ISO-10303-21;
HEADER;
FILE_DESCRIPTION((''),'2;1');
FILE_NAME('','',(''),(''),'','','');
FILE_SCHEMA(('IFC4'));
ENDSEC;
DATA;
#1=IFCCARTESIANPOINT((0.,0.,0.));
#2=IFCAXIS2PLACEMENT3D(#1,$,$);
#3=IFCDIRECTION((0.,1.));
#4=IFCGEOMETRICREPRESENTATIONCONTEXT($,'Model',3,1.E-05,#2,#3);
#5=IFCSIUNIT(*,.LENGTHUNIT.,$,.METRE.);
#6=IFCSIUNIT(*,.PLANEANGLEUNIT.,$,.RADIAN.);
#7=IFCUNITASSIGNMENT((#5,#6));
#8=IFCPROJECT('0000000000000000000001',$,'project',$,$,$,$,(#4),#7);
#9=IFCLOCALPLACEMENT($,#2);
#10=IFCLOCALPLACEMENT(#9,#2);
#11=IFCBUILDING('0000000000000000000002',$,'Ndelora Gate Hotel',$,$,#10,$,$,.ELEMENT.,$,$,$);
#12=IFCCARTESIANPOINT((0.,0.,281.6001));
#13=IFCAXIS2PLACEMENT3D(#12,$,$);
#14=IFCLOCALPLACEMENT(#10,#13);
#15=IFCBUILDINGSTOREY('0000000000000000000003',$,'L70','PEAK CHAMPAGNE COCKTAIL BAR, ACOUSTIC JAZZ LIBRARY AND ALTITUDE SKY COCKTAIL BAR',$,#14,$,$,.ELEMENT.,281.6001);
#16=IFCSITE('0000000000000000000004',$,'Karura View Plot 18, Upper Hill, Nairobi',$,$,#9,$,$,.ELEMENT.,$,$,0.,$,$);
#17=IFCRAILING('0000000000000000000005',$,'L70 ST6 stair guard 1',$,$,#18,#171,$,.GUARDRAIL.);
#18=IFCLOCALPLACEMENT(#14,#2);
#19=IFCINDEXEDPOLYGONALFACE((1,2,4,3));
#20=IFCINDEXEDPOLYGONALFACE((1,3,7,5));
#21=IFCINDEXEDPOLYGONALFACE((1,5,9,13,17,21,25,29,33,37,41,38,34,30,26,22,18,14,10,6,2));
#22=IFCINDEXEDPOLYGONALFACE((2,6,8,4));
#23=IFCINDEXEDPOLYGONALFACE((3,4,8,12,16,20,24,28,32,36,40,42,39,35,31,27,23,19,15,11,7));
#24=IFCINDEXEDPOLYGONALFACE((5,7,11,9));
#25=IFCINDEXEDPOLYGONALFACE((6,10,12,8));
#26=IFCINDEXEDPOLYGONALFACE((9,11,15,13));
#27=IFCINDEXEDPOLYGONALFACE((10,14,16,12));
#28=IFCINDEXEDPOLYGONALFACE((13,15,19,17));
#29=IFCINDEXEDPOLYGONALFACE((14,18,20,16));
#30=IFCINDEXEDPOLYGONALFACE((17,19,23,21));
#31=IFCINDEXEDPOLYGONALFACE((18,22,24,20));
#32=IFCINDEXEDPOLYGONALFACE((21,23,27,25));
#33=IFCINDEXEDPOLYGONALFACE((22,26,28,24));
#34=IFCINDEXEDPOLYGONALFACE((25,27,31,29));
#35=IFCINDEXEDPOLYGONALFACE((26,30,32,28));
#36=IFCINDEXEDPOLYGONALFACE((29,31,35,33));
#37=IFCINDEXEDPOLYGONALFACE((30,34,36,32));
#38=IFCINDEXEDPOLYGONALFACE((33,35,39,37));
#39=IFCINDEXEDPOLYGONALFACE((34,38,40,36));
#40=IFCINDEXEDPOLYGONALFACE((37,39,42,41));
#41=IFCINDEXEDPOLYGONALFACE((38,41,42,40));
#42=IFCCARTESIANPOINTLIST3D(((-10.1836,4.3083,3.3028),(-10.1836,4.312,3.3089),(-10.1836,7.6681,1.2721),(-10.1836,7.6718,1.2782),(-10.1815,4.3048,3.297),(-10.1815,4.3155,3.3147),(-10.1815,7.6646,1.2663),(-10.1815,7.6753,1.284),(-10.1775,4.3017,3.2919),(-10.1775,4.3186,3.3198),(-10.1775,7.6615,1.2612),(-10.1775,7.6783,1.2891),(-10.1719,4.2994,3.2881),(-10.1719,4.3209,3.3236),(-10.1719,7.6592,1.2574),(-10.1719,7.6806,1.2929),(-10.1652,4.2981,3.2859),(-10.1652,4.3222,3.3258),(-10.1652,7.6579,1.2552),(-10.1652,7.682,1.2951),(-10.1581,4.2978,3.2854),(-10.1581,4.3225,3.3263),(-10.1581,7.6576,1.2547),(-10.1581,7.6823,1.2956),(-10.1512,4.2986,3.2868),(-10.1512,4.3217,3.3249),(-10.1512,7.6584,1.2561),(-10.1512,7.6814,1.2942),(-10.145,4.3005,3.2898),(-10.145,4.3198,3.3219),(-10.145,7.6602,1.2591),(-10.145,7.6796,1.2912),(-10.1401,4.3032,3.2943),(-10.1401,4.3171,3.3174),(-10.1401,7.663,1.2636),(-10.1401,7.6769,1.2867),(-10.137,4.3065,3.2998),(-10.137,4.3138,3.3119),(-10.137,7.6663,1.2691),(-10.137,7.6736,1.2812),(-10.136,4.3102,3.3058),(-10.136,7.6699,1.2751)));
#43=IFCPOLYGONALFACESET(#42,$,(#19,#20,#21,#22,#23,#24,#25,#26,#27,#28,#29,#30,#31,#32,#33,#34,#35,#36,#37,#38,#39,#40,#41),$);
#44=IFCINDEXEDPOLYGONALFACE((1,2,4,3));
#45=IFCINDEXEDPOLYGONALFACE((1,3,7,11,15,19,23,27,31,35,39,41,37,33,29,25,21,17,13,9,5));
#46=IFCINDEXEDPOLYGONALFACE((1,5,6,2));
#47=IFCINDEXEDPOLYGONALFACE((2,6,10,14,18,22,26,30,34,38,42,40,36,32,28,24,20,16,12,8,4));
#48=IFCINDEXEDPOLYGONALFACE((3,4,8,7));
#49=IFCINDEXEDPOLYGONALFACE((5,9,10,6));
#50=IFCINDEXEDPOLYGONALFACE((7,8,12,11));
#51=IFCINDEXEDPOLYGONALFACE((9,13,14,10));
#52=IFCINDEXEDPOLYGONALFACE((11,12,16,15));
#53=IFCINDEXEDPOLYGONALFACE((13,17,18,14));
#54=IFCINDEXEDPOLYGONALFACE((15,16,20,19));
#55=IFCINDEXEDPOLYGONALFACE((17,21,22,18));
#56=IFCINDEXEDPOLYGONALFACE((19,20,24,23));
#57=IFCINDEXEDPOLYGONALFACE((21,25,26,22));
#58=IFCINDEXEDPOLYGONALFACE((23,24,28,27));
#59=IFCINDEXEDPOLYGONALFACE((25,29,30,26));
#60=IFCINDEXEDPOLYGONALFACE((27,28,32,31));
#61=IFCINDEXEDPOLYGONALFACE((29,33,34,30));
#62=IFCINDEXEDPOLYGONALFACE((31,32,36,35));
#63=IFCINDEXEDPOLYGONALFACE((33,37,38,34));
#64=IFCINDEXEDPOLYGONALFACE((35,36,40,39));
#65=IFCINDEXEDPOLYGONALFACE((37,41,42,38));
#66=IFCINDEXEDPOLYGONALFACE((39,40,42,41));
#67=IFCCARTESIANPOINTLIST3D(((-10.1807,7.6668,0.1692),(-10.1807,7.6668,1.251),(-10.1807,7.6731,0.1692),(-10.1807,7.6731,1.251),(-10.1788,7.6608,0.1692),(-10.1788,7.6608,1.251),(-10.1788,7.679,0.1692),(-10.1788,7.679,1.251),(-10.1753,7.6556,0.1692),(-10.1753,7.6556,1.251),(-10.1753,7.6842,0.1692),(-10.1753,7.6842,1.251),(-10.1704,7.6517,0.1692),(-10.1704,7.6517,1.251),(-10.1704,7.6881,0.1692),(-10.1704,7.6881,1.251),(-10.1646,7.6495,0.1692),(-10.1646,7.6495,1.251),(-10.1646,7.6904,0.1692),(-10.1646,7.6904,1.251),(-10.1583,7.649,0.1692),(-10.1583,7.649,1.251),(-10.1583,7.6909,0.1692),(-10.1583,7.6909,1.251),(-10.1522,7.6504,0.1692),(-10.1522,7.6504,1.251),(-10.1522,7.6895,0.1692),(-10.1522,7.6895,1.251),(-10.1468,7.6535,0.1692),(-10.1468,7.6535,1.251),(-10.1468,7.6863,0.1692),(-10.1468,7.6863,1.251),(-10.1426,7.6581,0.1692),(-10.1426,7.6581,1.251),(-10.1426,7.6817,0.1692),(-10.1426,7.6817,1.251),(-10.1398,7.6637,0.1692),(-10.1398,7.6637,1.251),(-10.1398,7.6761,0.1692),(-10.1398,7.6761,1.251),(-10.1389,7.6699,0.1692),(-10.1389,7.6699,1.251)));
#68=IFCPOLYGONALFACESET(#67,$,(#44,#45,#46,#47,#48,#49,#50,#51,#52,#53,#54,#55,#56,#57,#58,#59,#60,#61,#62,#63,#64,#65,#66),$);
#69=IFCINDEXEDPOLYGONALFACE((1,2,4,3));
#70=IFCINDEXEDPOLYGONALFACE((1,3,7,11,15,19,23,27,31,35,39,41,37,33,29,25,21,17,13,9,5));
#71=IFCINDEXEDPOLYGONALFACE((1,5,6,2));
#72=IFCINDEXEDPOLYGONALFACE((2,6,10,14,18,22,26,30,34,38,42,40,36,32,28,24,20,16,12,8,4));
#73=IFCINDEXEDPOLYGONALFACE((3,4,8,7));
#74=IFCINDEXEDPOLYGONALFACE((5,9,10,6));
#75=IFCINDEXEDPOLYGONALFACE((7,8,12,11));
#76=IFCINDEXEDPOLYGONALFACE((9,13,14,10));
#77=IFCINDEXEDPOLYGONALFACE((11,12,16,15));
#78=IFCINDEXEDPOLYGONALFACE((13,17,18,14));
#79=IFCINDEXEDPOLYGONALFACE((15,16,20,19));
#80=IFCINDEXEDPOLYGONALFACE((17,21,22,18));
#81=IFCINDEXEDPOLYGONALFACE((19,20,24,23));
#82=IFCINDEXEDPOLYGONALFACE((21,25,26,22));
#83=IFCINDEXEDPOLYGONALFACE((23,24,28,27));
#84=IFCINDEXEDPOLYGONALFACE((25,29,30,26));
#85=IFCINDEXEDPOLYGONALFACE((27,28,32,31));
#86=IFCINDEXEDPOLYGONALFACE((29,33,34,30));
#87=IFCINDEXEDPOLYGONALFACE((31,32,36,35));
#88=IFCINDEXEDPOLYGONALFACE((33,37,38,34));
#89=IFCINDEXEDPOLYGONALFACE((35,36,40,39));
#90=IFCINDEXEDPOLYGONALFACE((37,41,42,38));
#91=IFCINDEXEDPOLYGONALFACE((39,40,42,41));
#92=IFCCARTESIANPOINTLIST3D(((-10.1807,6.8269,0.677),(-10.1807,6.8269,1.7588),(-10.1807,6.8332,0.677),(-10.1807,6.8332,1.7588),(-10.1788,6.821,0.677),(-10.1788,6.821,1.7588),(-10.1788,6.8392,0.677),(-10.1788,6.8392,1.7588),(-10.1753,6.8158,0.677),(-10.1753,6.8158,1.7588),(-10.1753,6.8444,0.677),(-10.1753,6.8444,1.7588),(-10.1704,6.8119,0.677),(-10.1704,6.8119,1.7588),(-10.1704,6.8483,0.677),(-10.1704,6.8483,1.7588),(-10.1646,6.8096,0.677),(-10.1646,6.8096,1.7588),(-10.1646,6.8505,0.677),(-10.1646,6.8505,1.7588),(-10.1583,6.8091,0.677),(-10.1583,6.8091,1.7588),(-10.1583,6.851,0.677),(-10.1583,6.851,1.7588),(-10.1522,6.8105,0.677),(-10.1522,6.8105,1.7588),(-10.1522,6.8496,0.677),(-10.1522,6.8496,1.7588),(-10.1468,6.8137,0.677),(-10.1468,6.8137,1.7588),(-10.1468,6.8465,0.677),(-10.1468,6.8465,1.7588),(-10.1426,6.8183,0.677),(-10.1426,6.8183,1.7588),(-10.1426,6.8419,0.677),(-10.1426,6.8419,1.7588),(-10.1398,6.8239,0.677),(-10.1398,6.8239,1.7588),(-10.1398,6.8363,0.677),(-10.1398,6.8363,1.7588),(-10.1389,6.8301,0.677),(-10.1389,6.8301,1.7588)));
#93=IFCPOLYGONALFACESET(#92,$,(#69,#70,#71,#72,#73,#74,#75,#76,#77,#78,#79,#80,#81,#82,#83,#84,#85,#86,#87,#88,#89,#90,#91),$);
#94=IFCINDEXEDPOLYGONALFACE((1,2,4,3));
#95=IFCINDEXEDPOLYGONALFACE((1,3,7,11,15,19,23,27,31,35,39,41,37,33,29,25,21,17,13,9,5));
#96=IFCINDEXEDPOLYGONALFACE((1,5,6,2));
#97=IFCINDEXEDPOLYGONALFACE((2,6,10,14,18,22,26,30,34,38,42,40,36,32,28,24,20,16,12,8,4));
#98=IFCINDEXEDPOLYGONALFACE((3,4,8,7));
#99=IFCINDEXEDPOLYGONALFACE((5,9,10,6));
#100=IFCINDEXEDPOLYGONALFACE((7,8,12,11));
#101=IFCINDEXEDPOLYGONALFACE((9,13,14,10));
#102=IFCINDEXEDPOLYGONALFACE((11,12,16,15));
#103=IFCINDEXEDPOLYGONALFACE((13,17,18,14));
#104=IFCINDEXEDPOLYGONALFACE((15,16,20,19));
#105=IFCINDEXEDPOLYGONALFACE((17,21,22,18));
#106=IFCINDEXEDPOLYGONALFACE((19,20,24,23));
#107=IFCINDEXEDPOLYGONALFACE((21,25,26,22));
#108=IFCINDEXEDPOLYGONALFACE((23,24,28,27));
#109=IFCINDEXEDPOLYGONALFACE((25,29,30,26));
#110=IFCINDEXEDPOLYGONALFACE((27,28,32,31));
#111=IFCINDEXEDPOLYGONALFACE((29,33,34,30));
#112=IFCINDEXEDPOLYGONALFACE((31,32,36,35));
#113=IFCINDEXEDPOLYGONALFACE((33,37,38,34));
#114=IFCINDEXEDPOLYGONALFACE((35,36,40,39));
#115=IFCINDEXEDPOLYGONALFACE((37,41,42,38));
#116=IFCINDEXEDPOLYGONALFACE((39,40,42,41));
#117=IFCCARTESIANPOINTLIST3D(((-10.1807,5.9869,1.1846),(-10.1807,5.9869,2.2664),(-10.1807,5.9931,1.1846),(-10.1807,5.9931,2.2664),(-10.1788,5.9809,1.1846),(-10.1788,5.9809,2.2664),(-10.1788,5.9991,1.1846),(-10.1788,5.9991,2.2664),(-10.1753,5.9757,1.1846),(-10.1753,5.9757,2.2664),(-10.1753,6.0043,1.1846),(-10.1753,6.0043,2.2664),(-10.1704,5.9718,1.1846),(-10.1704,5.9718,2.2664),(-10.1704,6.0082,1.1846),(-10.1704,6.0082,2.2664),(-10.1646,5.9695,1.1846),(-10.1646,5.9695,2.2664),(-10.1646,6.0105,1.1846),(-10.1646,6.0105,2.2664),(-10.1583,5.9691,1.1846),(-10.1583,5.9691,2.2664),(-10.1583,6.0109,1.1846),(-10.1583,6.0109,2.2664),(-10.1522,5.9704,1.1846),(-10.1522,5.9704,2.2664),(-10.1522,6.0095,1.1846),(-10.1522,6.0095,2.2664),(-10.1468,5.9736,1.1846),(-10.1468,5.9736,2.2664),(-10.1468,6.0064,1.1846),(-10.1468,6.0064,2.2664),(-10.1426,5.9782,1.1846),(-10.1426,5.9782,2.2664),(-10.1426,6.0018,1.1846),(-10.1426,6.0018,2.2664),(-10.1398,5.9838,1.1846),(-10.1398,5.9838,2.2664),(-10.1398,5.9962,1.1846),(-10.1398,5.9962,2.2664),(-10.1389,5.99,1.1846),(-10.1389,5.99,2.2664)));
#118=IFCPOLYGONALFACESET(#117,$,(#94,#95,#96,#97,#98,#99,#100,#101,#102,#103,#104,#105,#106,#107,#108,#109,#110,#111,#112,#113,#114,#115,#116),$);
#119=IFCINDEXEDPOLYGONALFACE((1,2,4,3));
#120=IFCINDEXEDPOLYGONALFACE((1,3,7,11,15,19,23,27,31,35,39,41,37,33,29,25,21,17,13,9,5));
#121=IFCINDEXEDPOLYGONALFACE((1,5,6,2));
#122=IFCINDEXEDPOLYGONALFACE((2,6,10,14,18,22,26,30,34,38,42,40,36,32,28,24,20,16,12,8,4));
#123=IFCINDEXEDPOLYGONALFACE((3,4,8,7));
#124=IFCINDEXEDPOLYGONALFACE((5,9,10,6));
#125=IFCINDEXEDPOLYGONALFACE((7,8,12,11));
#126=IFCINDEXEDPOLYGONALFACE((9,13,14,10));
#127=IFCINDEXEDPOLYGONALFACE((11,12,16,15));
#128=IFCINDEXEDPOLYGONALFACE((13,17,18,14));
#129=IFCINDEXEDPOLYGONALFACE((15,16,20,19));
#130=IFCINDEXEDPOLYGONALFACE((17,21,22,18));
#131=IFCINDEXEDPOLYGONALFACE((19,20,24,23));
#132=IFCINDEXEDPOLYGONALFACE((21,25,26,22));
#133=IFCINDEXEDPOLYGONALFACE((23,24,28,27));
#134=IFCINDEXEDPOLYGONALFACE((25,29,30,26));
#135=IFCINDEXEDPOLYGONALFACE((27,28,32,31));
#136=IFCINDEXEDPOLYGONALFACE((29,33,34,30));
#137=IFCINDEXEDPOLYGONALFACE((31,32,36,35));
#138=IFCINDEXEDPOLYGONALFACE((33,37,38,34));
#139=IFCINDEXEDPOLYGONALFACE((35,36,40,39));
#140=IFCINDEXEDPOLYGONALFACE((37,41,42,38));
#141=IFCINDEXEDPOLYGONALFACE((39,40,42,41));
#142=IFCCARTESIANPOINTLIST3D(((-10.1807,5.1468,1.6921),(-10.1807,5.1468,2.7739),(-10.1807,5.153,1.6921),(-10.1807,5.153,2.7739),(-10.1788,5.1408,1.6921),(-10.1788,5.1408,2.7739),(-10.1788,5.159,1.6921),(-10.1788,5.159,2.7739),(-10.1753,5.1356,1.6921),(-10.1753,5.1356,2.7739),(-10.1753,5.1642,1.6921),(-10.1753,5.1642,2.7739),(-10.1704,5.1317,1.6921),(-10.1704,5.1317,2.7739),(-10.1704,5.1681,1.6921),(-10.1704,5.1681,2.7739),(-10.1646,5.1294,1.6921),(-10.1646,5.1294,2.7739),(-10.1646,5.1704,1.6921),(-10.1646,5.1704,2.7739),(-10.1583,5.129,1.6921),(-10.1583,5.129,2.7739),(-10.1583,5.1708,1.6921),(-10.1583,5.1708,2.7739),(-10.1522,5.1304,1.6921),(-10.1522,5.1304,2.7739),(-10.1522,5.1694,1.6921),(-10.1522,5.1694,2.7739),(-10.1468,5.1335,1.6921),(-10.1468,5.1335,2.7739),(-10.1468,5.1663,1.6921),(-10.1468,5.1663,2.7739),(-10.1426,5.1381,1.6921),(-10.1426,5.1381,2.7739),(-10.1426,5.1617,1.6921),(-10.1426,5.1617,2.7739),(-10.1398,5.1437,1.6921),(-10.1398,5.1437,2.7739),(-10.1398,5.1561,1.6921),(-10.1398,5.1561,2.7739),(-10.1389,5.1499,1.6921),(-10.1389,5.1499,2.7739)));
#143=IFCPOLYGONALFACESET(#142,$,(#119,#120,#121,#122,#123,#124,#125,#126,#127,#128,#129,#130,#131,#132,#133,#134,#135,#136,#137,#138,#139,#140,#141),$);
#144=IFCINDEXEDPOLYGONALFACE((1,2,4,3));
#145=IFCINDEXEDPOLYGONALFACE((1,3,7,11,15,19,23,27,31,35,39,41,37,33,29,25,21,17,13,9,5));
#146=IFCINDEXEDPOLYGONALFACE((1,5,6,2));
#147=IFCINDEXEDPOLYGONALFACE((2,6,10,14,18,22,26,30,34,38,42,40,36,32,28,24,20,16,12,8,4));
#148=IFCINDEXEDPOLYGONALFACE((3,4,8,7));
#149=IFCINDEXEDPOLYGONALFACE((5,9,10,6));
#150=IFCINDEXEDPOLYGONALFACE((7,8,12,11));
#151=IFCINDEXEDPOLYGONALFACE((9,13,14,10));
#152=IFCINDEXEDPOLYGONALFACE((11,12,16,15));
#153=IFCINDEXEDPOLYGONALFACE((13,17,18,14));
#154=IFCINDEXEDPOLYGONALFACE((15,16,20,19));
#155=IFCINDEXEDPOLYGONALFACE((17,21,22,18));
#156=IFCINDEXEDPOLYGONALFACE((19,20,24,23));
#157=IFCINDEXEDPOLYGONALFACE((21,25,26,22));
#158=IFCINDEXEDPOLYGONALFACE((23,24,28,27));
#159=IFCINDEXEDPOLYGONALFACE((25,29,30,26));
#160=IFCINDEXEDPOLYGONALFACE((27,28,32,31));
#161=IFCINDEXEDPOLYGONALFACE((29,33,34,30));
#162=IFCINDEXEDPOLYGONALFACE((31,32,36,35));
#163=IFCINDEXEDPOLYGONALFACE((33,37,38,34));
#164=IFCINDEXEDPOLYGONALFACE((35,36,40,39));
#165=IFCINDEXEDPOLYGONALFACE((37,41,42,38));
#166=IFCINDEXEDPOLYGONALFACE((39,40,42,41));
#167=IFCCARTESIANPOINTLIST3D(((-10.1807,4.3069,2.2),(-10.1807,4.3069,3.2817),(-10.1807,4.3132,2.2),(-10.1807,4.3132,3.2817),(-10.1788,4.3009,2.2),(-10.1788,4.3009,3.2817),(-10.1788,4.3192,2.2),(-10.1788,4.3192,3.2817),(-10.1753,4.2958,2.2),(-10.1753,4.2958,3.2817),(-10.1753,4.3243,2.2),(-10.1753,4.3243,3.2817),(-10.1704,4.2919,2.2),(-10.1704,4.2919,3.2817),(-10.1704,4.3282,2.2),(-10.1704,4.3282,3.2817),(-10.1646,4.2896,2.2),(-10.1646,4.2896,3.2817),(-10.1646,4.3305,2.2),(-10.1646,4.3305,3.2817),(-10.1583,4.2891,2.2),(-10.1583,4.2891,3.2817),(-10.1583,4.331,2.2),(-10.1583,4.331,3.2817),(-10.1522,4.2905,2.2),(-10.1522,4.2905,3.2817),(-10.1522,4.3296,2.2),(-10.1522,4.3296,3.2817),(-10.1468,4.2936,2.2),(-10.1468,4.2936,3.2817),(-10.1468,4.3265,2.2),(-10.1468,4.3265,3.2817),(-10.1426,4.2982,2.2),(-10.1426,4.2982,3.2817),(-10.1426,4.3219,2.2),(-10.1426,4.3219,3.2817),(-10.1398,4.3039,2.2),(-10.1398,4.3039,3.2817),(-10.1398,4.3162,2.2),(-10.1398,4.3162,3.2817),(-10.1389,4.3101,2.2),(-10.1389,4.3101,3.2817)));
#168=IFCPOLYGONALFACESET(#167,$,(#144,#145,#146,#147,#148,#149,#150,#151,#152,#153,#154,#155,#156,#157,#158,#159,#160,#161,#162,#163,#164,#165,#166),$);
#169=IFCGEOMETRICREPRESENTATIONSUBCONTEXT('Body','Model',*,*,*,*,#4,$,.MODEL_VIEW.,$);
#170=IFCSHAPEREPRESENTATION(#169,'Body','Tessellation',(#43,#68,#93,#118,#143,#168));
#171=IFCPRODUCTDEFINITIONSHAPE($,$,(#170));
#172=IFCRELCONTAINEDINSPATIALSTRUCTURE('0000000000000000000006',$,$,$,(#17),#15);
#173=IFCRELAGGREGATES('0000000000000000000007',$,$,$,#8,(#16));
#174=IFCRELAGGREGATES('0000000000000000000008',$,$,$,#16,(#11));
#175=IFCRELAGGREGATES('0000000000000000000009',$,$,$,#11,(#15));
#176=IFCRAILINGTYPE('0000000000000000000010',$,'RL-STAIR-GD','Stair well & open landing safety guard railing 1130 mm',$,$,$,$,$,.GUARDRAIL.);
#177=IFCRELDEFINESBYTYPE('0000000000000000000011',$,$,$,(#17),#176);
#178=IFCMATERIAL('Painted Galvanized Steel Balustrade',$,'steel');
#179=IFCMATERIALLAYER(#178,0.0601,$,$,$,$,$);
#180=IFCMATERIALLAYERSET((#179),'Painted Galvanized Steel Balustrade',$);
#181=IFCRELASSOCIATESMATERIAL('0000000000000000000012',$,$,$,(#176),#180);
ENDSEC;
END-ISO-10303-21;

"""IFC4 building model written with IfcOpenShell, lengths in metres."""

from ifc_helpers import new_model, si_unit, direction, frame, origin, origin_2d, place, context, subcontext, project, spatial, circle, extrude, material, layer, layer_set, type_object, element, save


model = new_model("IFC4")

# Units and contexts
model_context = context("Model", 3, precision=1e-05, world=origin(), true_north=direction((0.0, 1.0)))
body_context = subcontext(model_context, "Body", "Model", "MODEL_VIEW")
ifc_project = project(units=[si_unit("LENGTHUNIT", "METRE"), si_unit("PLANEANGLEUNIT", "RADIAN")], contexts=[model_context])

# Site, building, storey
site_placement = place(None, origin())
site = spatial("IfcSite", under=ifc_project, at=site_placement, Name="Karura View Plot 18, Upper Hill, Nairobi", CompositionType="ELEMENT", RefElevation=0.0)
building_placement = place(site_placement, origin())
building = spatial("IfcBuilding", under=site, at=building_placement, Name="Ndelora Gate Hotel", CompositionType="ELEMENT")
storey_placement = place(building_placement, frame((0.0, 0.0, 281.6001)))
storey = spatial("IfcBuildingStorey", under=building, at=storey_placement, Name="L70", Description="PEAK CHAMPAGNE COCKTAIL BAR, ACOUSTIC JAZZ LIBRARY AND ALTITUDE SKY COCKTAIL BAR", CompositionType="ELEMENT", Elevation=281.6001)

# Railing
ifc_material_1 = material(Name="Painted Galvanized Steel Balustrade", Category="steel")
ifc_layer_1 = layer(ifc_material_1, 0.0601)
ifc_layer_set_1 = layer_set([ifc_layer_1], Name="Painted Galvanized Steel Balustrade")
railing_type_1 = type_object("IfcRailingType", Name="RL-STAIR-GD", Description="Stair well & open landing safety guard railing 1130 mm", PredefinedType="GUARDRAIL", material=ifc_layer_set_1)
railing_1_placement = place(storey_placement, frame((-10.1599, 7.6699, 0.1692)))
element("IfcRailing", 1, at=railing_1_placement, inside=storey, type_object=railing_type_1, Name="L70 ST6 stair guard 1", PredefinedType="GUARDRAIL", context=body_context, shape_type="SweptSolid", body=[
    extrude(circle(Radius=0.0239, at=origin_2d()), frame((0.0, 0.0, 1.106), z_axis=(0.0, -0.85582, 0.517273), x_axis=(1.0, 0.0, 0.0)), (0.0, 0.0, 1.0), 3.9258),
    extrude(circle(Radius=0.021, at=origin_2d()), origin(), (0.0, 0.0, 1.0), 1.0818),
    extrude(circle(Radius=0.021, at=origin_2d()), frame((0.0, -0.8398, 0.5078)), (0.0, 0.0, 1.0), 1.0818),
    extrude(circle(Radius=0.021, at=origin_2d()), frame((0.0, -1.6799, 1.0154)), (0.0, 0.0, 1.0), 1.0818),
    extrude(circle(Radius=0.021, at=origin_2d()), frame((0.0, -2.52, 1.5229)), (0.0, 0.0, 1.0), 1.0818),
    extrude(circle(Radius=0.021, at=origin_2d()), frame((0.0, -3.3599, 2.0308)), (0.0, 0.0, 1.0), 1.0818),
])

save(model, "model.ifc")
